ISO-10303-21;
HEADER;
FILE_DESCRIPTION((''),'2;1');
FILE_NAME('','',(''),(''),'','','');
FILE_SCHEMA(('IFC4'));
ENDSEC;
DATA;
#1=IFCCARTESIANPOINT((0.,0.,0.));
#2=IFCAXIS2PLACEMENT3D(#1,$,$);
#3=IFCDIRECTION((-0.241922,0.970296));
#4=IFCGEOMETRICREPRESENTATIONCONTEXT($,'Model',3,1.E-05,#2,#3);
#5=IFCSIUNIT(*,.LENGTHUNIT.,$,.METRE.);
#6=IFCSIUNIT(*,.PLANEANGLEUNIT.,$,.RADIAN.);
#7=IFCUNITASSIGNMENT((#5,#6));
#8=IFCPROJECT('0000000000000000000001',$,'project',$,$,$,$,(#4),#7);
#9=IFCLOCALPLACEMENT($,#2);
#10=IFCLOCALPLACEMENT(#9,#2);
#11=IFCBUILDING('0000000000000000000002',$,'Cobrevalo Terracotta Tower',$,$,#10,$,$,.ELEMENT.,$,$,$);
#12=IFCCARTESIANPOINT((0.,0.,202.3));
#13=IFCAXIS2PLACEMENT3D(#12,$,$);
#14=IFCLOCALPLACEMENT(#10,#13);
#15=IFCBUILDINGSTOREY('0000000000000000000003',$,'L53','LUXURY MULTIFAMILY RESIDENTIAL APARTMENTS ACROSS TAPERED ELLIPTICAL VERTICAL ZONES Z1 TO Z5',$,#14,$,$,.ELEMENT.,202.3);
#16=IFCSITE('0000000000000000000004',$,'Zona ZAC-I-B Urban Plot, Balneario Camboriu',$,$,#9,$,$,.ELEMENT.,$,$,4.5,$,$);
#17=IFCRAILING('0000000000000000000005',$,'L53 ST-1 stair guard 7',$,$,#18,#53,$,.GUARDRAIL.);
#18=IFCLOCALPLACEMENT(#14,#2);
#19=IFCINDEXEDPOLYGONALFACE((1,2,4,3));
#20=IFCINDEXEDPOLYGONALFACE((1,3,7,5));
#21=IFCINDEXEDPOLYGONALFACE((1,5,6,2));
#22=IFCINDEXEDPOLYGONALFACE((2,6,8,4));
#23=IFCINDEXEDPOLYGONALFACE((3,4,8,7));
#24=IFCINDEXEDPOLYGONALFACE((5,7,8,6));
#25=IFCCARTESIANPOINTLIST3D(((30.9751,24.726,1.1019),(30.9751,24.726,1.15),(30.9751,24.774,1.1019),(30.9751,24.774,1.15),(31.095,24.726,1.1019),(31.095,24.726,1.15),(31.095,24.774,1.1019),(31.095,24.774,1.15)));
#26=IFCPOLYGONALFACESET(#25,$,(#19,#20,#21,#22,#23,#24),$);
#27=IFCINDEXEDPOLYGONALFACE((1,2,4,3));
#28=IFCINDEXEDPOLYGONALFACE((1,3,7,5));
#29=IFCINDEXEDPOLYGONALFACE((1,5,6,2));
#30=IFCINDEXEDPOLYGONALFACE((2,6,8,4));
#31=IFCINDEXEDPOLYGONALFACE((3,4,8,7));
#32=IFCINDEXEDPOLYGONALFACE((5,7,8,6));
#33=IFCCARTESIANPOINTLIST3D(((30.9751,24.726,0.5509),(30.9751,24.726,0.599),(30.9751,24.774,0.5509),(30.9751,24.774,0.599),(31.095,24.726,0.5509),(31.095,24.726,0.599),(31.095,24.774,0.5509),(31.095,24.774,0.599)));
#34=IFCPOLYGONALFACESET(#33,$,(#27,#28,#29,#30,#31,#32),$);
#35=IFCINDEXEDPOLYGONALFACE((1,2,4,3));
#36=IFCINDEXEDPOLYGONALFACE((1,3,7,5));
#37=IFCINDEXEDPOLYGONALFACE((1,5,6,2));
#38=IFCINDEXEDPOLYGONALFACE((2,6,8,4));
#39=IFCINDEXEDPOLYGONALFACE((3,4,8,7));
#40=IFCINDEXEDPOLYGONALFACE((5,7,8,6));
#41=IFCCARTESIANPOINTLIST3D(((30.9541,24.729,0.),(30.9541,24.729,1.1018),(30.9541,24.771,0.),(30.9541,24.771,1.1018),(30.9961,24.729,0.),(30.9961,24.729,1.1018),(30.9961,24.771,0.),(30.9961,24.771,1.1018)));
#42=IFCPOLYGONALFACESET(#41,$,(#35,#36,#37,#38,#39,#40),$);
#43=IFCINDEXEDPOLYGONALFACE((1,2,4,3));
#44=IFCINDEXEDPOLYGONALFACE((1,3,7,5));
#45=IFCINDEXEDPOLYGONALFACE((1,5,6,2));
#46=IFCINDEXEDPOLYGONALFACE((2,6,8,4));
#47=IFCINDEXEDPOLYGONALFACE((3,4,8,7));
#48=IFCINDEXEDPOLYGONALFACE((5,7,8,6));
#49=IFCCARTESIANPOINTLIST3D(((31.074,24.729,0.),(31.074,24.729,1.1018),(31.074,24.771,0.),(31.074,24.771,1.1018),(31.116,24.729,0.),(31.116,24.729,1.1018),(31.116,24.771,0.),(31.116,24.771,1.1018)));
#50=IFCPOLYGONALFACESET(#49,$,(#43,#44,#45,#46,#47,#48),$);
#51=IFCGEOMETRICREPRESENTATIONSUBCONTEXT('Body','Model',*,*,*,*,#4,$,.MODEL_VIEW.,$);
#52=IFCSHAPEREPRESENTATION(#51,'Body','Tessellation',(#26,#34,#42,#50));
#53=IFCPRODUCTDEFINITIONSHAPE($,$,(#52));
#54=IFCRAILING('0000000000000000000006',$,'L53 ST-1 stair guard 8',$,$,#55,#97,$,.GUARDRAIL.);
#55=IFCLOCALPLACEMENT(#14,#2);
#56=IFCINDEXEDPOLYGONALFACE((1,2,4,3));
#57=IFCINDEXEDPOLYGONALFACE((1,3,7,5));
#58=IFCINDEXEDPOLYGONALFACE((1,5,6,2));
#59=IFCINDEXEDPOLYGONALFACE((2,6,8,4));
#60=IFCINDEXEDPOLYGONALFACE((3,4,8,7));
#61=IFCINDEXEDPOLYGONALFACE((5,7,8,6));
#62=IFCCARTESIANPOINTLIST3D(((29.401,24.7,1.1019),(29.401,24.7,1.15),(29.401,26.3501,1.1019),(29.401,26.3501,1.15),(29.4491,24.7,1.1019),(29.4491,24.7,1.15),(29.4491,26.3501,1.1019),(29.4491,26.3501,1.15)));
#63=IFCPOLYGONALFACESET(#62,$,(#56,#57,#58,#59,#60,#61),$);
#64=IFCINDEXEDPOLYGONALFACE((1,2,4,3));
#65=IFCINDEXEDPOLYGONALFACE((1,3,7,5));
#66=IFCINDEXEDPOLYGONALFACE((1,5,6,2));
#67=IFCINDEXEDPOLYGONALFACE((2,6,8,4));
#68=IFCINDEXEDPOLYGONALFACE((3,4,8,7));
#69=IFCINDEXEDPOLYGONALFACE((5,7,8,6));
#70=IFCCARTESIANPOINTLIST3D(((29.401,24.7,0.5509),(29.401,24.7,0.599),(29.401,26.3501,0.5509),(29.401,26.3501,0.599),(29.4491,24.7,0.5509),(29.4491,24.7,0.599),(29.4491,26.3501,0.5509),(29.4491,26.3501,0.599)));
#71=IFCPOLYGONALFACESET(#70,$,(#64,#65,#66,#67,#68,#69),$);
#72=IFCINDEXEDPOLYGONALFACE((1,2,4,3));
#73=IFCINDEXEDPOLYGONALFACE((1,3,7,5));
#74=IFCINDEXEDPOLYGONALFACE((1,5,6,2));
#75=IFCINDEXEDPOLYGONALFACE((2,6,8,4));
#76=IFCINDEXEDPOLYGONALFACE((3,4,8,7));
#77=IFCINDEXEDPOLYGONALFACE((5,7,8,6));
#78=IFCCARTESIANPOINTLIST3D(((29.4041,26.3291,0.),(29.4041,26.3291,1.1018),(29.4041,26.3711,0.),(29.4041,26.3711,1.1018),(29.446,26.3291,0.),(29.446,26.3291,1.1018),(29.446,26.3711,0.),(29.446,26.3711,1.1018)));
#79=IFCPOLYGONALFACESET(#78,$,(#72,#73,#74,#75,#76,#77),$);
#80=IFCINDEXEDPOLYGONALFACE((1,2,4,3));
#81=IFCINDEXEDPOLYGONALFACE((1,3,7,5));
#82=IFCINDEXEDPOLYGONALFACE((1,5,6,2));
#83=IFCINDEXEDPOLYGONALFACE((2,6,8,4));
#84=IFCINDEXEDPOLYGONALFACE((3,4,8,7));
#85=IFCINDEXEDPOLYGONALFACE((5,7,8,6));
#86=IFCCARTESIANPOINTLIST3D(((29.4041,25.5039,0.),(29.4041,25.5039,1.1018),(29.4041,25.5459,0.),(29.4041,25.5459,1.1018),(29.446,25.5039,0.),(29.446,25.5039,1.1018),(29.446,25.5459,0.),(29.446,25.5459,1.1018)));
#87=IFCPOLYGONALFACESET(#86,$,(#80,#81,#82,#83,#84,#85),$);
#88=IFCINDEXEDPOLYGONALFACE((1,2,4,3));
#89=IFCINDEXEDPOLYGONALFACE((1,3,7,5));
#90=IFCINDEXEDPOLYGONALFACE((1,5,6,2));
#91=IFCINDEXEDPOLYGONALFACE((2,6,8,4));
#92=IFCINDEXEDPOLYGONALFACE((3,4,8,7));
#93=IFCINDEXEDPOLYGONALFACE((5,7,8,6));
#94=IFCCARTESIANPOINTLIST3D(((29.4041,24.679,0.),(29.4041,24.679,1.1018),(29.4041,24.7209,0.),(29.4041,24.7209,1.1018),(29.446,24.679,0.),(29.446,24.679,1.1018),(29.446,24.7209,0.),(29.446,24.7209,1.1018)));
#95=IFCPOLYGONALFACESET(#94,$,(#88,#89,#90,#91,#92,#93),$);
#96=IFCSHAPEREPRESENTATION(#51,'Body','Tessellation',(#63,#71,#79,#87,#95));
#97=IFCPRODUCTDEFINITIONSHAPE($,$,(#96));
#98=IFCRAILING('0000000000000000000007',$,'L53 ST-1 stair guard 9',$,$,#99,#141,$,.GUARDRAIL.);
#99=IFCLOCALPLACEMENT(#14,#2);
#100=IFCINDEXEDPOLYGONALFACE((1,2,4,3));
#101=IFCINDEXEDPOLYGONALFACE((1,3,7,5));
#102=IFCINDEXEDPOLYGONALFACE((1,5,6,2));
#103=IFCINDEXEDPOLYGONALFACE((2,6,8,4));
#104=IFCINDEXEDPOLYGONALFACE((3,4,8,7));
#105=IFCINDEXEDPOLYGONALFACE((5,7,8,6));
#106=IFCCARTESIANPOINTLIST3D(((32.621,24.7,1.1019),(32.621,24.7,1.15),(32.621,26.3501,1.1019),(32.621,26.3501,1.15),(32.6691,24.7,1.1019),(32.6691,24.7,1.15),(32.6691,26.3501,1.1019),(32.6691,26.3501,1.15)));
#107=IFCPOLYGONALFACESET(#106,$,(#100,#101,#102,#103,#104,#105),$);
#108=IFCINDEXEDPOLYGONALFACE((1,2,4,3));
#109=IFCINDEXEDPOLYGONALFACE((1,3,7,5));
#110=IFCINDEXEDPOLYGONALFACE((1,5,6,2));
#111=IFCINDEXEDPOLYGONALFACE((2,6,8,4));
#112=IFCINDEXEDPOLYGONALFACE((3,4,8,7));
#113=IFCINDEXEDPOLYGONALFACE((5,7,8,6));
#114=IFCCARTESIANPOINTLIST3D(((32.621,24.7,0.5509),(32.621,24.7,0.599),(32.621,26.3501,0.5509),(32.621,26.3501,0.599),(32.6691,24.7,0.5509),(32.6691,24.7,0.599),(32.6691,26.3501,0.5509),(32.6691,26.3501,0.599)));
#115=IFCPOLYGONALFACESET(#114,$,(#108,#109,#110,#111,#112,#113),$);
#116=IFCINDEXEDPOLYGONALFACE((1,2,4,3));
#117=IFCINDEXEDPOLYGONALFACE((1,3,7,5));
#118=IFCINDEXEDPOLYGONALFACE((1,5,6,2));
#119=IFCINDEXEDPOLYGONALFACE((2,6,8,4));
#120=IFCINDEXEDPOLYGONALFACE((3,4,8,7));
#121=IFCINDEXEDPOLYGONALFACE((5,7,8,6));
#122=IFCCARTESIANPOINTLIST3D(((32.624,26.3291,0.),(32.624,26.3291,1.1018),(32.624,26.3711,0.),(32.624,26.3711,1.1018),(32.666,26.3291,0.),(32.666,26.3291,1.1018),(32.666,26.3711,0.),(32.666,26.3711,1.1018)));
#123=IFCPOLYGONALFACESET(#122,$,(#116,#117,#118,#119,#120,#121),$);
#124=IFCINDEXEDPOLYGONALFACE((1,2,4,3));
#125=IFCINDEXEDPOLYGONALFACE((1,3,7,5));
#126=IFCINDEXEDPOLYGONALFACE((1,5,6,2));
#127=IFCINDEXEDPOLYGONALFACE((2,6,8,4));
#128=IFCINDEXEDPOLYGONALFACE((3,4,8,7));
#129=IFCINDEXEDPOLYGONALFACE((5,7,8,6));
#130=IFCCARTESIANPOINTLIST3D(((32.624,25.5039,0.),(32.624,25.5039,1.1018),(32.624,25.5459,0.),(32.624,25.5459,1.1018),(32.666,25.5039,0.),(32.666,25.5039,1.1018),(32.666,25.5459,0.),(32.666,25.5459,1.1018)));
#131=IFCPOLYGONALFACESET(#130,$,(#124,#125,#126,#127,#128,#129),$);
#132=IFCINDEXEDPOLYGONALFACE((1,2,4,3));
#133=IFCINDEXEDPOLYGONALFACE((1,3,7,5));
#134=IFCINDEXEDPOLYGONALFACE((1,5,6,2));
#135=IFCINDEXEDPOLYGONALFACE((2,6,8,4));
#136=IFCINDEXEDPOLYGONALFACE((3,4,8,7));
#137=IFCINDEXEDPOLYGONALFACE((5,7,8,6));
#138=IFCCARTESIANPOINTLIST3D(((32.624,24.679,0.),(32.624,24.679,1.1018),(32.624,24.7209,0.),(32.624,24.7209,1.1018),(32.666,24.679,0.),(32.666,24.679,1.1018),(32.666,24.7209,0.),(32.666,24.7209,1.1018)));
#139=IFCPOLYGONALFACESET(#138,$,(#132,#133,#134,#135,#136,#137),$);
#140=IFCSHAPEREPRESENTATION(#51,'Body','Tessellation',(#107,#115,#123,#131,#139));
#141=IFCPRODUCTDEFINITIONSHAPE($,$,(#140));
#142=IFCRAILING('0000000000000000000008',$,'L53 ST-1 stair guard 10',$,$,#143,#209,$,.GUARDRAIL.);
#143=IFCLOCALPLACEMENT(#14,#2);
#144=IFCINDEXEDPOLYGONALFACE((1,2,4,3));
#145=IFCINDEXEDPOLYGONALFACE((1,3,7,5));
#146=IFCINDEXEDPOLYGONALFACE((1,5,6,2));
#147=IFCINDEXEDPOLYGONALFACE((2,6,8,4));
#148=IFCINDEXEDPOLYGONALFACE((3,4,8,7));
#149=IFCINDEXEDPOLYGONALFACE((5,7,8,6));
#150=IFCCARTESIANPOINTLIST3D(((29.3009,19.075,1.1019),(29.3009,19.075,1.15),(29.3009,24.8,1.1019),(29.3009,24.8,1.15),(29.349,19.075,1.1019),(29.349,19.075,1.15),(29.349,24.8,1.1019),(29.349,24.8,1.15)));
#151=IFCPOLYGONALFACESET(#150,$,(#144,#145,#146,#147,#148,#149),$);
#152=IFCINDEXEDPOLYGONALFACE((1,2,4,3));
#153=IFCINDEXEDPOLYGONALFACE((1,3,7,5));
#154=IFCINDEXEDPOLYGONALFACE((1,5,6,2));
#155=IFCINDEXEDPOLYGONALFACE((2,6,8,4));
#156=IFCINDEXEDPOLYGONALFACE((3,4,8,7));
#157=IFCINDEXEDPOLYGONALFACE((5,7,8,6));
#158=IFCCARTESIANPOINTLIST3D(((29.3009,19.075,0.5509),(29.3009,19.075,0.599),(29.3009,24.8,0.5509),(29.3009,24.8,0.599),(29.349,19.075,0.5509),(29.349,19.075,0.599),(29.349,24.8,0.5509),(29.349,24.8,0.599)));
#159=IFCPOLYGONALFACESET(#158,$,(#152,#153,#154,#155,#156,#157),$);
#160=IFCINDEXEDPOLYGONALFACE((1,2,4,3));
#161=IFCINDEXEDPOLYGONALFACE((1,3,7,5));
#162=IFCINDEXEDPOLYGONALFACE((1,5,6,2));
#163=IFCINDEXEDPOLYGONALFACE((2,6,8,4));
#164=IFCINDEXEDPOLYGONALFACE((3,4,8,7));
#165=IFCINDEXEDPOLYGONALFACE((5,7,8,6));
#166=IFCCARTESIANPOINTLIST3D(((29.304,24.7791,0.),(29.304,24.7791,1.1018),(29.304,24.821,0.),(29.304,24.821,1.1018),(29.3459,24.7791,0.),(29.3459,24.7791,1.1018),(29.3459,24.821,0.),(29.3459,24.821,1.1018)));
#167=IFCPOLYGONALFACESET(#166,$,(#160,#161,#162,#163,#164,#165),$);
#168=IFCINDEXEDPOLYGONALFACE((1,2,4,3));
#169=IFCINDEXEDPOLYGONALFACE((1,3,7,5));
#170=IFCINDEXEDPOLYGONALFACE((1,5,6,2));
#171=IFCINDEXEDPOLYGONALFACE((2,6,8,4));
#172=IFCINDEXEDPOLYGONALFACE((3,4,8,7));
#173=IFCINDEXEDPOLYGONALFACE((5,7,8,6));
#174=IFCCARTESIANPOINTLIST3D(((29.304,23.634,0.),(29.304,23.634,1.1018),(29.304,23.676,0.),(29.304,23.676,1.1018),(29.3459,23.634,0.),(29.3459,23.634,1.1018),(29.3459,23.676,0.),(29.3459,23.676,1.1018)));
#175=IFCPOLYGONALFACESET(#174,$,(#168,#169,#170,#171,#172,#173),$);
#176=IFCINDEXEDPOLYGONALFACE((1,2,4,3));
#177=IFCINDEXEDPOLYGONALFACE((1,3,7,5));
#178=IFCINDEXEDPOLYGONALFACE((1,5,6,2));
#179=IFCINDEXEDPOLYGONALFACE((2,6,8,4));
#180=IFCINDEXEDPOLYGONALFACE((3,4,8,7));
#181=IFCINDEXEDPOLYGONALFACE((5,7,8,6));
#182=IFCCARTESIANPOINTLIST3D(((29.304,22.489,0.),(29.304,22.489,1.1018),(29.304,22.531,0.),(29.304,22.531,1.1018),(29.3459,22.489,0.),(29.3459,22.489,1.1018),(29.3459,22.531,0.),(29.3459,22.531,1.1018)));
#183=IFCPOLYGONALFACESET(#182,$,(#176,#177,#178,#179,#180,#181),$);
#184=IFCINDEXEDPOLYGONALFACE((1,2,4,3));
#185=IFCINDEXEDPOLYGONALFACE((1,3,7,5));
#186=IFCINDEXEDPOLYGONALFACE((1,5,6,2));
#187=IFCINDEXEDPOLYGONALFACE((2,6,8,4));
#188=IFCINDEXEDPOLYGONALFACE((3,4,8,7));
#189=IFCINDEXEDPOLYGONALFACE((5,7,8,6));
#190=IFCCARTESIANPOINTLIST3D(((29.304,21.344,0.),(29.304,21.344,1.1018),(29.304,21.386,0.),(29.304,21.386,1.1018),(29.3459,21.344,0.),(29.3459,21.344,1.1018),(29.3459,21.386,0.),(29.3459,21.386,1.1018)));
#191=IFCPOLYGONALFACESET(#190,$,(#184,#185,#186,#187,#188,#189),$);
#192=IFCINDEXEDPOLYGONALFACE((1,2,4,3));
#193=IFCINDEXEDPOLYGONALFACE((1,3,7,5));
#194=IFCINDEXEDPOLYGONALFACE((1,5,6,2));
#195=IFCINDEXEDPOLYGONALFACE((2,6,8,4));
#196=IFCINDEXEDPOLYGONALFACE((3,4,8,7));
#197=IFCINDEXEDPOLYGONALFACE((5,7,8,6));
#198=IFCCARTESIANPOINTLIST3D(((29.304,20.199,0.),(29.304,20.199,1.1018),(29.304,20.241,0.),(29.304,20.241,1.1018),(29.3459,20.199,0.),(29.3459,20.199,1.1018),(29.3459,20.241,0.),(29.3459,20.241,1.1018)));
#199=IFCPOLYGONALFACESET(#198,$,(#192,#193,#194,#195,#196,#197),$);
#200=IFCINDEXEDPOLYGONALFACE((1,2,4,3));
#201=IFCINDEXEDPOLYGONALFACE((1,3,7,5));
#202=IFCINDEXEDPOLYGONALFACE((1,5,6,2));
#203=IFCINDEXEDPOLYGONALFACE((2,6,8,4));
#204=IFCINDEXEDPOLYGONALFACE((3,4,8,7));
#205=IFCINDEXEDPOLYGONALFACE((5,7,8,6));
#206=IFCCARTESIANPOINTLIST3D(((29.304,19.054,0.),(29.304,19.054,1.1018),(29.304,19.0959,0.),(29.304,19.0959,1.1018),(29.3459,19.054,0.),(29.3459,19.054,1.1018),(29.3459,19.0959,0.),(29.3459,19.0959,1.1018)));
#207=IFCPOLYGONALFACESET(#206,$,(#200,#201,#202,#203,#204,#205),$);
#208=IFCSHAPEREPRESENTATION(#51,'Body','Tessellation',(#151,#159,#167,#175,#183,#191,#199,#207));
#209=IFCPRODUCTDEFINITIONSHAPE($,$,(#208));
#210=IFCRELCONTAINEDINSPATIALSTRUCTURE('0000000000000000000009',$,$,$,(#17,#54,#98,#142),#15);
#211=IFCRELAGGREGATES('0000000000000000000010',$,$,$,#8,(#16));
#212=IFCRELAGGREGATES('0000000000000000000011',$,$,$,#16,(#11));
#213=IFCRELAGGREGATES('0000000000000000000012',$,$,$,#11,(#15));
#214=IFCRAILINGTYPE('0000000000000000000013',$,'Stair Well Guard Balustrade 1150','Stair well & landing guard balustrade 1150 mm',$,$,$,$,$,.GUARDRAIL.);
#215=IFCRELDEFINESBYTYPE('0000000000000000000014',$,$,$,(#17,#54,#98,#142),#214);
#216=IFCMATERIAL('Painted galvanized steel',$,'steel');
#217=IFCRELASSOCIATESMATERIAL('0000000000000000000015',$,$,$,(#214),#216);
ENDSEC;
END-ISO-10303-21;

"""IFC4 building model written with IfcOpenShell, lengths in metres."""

from ifc_helpers import new_model, si_unit, direction, frame, origin, origin_2d, place, context, subcontext, project, spatial, rectangle, extrude, material, type_object, element, save


model = new_model("IFC4")

# Units and contexts
model_context = context("Model", 3, precision=1e-05, world=origin(), true_north=direction((-0.241922, 0.970296)))
body_context = subcontext(model_context, "Body", "Model", "MODEL_VIEW")
ifc_project = project(units=[si_unit("LENGTHUNIT", "METRE"), si_unit("PLANEANGLEUNIT", "RADIAN")], contexts=[model_context])

# Site, building, storey
site_placement = place(None, origin())
site = spatial("IfcSite", under=ifc_project, at=site_placement, Name="Zona ZAC-I-B Urban Plot, Balneario Camboriu", CompositionType="ELEMENT", RefElevation=4.5)
building_placement = place(site_placement, origin())
building = spatial("IfcBuilding", under=site, at=building_placement, Name="Cobrevalo Terracotta Tower", CompositionType="ELEMENT")
storey_placement = place(building_placement, frame((0.0, 0.0, 202.3)))
storey = spatial("IfcBuildingStorey", under=building, at=storey_placement, Name="L53", Description="LUXURY MULTIFAMILY RESIDENTIAL APARTMENTS ACROSS TAPERED ELLIPTICAL VERTICAL ZONES Z1 TO Z5", CompositionType="ELEMENT", Elevation=202.3)

# Railings
ifc_material_1 = material(Name="Painted galvanized steel", Category="steel")
railing_type_1 = type_object("IfcRailingType", Name="Stair Well Guard Balustrade 1150", Description="Stair well & landing guard balustrade 1150 mm", PredefinedType="GUARDRAIL", material=ifc_material_1)
railing_1_placement = place(storey_placement, frame((30.9751, 24.75, 0.0)))
element("IfcRailing", 1, at=railing_1_placement, inside=storey, type_object=railing_type_1, Name="L53 ST-1 stair guard 7", PredefinedType="GUARDRAIL", context=body_context, shape_type="SweptSolid", body=[
    extrude(rectangle(XDim=0.0481, YDim=0.0481, at=origin_2d()), frame((0.0, 0.0, 1.126), z_axis=(1.0, 0.0, 0.0), x_axis=(0.0, 1.0, 0.0)), (0.0, 0.0, 1.0), 0.1199),
    extrude(rectangle(XDim=0.0481, YDim=0.0481, at=origin_2d()), frame((0.0, 0.0, 0.575), z_axis=(1.0, 0.0, 0.0), x_axis=(0.0, 1.0, 0.0)), (0.0, 0.0, 1.0), 0.1199),
    extrude(rectangle(XDim=0.042, YDim=0.042, at=origin_2d()), origin(), (0.0, 0.0, 1.0), 1.1018),
    extrude(rectangle(XDim=0.042, YDim=0.042, at=origin_2d()), frame((0.1199, 0.0, 0.0)), (0.0, 0.0, 1.0), 1.1018),
])
for number, where, name in (
    (2, (29.425, 26.3501, 0.0), "L53 ST-1 stair guard 8"),
    (3, (32.645, 26.3501, 0.0), "L53 ST-1 stair guard 9"),
):
    element("IfcRailing", number, at=place(storey_placement, frame(where)), inside=storey, type_object=railing_type_1, Name=name, PredefinedType="GUARDRAIL", context=body_context, shape_type="SweptSolid", body=[
        extrude(rectangle(XDim=0.0481, YDim=0.0481, at=origin_2d()), frame((0.0, 0.0, 1.126), z_axis=(0.0, -1.0, 0.0), x_axis=(1.0, 0.0, 0.0)), (0.0, 0.0, 1.0), 1.6501),
        extrude(rectangle(XDim=0.0481, YDim=0.0481, at=origin_2d()), frame((0.0, 0.0, 0.575), z_axis=(0.0, -1.0, 0.0), x_axis=(1.0, 0.0, 0.0)), (0.0, 0.0, 1.0), 1.6501),
        extrude(rectangle(XDim=0.042, YDim=0.042, at=origin_2d()), origin(), (0.0, 0.0, 1.0), 1.1018),
        extrude(rectangle(XDim=0.042, YDim=0.042, at=origin_2d()), frame((0.0, -0.8252, 0.0)), (0.0, 0.0, 1.0), 1.1018),
        extrude(rectangle(XDim=0.042, YDim=0.042, at=origin_2d()), frame((0.0, -1.6501, 0.0)), (0.0, 0.0, 1.0), 1.1018),
    ])
for number, where, name in (
    (4, (29.325, 24.8, 0.0), "L53 ST-1 stair guard 10"),
):
    element("IfcRailing", number, at=place(storey_placement, frame(where)), inside=storey, type_object=railing_type_1, Name=name, PredefinedType="GUARDRAIL", context=body_context, shape_type="SweptSolid", body=[
        extrude(rectangle(XDim=0.0481, YDim=0.0481, at=origin_2d()), frame((0.0, 0.0, 1.126), z_axis=(0.0, -1.0, 0.0), x_axis=(1.0, 0.0, 0.0)), (0.0, 0.0, 1.0), 5.7251),
        extrude(rectangle(XDim=0.0481, YDim=0.0481, at=origin_2d()), frame((0.0, 0.0, 0.575), z_axis=(0.0, -1.0, 0.0), x_axis=(1.0, 0.0, 0.0)), (0.0, 0.0, 1.0), 5.7251),
        extrude(rectangle(XDim=0.042, YDim=0.042, at=origin_2d()), origin(), (0.0, 0.0, 1.0), 1.1018),
        extrude(rectangle(XDim=0.042, YDim=0.042, at=origin_2d()), frame((0.0, -1.145, 0.0)), (0.0, 0.0, 1.0), 1.1018),
        extrude(rectangle(XDim=0.042, YDim=0.042, at=origin_2d()), frame((0.0, -2.29, 0.0)), (0.0, 0.0, 1.0), 1.1018),
        extrude(rectangle(XDim=0.042, YDim=0.042, at=origin_2d()), frame((0.0, -3.4351, 0.0)), (0.0, 0.0, 1.0), 1.1018),
        extrude(rectangle(XDim=0.042, YDim=0.042, at=origin_2d()), frame((0.0, -4.5801, 0.0)), (0.0, 0.0, 1.0), 1.1018),
        extrude(rectangle(XDim=0.042, YDim=0.042, at=origin_2d()), frame((0.0, -5.7251, 0.0)), (0.0, 0.0, 1.0), 1.1018),
    ])

save(model, "model.ifc")
